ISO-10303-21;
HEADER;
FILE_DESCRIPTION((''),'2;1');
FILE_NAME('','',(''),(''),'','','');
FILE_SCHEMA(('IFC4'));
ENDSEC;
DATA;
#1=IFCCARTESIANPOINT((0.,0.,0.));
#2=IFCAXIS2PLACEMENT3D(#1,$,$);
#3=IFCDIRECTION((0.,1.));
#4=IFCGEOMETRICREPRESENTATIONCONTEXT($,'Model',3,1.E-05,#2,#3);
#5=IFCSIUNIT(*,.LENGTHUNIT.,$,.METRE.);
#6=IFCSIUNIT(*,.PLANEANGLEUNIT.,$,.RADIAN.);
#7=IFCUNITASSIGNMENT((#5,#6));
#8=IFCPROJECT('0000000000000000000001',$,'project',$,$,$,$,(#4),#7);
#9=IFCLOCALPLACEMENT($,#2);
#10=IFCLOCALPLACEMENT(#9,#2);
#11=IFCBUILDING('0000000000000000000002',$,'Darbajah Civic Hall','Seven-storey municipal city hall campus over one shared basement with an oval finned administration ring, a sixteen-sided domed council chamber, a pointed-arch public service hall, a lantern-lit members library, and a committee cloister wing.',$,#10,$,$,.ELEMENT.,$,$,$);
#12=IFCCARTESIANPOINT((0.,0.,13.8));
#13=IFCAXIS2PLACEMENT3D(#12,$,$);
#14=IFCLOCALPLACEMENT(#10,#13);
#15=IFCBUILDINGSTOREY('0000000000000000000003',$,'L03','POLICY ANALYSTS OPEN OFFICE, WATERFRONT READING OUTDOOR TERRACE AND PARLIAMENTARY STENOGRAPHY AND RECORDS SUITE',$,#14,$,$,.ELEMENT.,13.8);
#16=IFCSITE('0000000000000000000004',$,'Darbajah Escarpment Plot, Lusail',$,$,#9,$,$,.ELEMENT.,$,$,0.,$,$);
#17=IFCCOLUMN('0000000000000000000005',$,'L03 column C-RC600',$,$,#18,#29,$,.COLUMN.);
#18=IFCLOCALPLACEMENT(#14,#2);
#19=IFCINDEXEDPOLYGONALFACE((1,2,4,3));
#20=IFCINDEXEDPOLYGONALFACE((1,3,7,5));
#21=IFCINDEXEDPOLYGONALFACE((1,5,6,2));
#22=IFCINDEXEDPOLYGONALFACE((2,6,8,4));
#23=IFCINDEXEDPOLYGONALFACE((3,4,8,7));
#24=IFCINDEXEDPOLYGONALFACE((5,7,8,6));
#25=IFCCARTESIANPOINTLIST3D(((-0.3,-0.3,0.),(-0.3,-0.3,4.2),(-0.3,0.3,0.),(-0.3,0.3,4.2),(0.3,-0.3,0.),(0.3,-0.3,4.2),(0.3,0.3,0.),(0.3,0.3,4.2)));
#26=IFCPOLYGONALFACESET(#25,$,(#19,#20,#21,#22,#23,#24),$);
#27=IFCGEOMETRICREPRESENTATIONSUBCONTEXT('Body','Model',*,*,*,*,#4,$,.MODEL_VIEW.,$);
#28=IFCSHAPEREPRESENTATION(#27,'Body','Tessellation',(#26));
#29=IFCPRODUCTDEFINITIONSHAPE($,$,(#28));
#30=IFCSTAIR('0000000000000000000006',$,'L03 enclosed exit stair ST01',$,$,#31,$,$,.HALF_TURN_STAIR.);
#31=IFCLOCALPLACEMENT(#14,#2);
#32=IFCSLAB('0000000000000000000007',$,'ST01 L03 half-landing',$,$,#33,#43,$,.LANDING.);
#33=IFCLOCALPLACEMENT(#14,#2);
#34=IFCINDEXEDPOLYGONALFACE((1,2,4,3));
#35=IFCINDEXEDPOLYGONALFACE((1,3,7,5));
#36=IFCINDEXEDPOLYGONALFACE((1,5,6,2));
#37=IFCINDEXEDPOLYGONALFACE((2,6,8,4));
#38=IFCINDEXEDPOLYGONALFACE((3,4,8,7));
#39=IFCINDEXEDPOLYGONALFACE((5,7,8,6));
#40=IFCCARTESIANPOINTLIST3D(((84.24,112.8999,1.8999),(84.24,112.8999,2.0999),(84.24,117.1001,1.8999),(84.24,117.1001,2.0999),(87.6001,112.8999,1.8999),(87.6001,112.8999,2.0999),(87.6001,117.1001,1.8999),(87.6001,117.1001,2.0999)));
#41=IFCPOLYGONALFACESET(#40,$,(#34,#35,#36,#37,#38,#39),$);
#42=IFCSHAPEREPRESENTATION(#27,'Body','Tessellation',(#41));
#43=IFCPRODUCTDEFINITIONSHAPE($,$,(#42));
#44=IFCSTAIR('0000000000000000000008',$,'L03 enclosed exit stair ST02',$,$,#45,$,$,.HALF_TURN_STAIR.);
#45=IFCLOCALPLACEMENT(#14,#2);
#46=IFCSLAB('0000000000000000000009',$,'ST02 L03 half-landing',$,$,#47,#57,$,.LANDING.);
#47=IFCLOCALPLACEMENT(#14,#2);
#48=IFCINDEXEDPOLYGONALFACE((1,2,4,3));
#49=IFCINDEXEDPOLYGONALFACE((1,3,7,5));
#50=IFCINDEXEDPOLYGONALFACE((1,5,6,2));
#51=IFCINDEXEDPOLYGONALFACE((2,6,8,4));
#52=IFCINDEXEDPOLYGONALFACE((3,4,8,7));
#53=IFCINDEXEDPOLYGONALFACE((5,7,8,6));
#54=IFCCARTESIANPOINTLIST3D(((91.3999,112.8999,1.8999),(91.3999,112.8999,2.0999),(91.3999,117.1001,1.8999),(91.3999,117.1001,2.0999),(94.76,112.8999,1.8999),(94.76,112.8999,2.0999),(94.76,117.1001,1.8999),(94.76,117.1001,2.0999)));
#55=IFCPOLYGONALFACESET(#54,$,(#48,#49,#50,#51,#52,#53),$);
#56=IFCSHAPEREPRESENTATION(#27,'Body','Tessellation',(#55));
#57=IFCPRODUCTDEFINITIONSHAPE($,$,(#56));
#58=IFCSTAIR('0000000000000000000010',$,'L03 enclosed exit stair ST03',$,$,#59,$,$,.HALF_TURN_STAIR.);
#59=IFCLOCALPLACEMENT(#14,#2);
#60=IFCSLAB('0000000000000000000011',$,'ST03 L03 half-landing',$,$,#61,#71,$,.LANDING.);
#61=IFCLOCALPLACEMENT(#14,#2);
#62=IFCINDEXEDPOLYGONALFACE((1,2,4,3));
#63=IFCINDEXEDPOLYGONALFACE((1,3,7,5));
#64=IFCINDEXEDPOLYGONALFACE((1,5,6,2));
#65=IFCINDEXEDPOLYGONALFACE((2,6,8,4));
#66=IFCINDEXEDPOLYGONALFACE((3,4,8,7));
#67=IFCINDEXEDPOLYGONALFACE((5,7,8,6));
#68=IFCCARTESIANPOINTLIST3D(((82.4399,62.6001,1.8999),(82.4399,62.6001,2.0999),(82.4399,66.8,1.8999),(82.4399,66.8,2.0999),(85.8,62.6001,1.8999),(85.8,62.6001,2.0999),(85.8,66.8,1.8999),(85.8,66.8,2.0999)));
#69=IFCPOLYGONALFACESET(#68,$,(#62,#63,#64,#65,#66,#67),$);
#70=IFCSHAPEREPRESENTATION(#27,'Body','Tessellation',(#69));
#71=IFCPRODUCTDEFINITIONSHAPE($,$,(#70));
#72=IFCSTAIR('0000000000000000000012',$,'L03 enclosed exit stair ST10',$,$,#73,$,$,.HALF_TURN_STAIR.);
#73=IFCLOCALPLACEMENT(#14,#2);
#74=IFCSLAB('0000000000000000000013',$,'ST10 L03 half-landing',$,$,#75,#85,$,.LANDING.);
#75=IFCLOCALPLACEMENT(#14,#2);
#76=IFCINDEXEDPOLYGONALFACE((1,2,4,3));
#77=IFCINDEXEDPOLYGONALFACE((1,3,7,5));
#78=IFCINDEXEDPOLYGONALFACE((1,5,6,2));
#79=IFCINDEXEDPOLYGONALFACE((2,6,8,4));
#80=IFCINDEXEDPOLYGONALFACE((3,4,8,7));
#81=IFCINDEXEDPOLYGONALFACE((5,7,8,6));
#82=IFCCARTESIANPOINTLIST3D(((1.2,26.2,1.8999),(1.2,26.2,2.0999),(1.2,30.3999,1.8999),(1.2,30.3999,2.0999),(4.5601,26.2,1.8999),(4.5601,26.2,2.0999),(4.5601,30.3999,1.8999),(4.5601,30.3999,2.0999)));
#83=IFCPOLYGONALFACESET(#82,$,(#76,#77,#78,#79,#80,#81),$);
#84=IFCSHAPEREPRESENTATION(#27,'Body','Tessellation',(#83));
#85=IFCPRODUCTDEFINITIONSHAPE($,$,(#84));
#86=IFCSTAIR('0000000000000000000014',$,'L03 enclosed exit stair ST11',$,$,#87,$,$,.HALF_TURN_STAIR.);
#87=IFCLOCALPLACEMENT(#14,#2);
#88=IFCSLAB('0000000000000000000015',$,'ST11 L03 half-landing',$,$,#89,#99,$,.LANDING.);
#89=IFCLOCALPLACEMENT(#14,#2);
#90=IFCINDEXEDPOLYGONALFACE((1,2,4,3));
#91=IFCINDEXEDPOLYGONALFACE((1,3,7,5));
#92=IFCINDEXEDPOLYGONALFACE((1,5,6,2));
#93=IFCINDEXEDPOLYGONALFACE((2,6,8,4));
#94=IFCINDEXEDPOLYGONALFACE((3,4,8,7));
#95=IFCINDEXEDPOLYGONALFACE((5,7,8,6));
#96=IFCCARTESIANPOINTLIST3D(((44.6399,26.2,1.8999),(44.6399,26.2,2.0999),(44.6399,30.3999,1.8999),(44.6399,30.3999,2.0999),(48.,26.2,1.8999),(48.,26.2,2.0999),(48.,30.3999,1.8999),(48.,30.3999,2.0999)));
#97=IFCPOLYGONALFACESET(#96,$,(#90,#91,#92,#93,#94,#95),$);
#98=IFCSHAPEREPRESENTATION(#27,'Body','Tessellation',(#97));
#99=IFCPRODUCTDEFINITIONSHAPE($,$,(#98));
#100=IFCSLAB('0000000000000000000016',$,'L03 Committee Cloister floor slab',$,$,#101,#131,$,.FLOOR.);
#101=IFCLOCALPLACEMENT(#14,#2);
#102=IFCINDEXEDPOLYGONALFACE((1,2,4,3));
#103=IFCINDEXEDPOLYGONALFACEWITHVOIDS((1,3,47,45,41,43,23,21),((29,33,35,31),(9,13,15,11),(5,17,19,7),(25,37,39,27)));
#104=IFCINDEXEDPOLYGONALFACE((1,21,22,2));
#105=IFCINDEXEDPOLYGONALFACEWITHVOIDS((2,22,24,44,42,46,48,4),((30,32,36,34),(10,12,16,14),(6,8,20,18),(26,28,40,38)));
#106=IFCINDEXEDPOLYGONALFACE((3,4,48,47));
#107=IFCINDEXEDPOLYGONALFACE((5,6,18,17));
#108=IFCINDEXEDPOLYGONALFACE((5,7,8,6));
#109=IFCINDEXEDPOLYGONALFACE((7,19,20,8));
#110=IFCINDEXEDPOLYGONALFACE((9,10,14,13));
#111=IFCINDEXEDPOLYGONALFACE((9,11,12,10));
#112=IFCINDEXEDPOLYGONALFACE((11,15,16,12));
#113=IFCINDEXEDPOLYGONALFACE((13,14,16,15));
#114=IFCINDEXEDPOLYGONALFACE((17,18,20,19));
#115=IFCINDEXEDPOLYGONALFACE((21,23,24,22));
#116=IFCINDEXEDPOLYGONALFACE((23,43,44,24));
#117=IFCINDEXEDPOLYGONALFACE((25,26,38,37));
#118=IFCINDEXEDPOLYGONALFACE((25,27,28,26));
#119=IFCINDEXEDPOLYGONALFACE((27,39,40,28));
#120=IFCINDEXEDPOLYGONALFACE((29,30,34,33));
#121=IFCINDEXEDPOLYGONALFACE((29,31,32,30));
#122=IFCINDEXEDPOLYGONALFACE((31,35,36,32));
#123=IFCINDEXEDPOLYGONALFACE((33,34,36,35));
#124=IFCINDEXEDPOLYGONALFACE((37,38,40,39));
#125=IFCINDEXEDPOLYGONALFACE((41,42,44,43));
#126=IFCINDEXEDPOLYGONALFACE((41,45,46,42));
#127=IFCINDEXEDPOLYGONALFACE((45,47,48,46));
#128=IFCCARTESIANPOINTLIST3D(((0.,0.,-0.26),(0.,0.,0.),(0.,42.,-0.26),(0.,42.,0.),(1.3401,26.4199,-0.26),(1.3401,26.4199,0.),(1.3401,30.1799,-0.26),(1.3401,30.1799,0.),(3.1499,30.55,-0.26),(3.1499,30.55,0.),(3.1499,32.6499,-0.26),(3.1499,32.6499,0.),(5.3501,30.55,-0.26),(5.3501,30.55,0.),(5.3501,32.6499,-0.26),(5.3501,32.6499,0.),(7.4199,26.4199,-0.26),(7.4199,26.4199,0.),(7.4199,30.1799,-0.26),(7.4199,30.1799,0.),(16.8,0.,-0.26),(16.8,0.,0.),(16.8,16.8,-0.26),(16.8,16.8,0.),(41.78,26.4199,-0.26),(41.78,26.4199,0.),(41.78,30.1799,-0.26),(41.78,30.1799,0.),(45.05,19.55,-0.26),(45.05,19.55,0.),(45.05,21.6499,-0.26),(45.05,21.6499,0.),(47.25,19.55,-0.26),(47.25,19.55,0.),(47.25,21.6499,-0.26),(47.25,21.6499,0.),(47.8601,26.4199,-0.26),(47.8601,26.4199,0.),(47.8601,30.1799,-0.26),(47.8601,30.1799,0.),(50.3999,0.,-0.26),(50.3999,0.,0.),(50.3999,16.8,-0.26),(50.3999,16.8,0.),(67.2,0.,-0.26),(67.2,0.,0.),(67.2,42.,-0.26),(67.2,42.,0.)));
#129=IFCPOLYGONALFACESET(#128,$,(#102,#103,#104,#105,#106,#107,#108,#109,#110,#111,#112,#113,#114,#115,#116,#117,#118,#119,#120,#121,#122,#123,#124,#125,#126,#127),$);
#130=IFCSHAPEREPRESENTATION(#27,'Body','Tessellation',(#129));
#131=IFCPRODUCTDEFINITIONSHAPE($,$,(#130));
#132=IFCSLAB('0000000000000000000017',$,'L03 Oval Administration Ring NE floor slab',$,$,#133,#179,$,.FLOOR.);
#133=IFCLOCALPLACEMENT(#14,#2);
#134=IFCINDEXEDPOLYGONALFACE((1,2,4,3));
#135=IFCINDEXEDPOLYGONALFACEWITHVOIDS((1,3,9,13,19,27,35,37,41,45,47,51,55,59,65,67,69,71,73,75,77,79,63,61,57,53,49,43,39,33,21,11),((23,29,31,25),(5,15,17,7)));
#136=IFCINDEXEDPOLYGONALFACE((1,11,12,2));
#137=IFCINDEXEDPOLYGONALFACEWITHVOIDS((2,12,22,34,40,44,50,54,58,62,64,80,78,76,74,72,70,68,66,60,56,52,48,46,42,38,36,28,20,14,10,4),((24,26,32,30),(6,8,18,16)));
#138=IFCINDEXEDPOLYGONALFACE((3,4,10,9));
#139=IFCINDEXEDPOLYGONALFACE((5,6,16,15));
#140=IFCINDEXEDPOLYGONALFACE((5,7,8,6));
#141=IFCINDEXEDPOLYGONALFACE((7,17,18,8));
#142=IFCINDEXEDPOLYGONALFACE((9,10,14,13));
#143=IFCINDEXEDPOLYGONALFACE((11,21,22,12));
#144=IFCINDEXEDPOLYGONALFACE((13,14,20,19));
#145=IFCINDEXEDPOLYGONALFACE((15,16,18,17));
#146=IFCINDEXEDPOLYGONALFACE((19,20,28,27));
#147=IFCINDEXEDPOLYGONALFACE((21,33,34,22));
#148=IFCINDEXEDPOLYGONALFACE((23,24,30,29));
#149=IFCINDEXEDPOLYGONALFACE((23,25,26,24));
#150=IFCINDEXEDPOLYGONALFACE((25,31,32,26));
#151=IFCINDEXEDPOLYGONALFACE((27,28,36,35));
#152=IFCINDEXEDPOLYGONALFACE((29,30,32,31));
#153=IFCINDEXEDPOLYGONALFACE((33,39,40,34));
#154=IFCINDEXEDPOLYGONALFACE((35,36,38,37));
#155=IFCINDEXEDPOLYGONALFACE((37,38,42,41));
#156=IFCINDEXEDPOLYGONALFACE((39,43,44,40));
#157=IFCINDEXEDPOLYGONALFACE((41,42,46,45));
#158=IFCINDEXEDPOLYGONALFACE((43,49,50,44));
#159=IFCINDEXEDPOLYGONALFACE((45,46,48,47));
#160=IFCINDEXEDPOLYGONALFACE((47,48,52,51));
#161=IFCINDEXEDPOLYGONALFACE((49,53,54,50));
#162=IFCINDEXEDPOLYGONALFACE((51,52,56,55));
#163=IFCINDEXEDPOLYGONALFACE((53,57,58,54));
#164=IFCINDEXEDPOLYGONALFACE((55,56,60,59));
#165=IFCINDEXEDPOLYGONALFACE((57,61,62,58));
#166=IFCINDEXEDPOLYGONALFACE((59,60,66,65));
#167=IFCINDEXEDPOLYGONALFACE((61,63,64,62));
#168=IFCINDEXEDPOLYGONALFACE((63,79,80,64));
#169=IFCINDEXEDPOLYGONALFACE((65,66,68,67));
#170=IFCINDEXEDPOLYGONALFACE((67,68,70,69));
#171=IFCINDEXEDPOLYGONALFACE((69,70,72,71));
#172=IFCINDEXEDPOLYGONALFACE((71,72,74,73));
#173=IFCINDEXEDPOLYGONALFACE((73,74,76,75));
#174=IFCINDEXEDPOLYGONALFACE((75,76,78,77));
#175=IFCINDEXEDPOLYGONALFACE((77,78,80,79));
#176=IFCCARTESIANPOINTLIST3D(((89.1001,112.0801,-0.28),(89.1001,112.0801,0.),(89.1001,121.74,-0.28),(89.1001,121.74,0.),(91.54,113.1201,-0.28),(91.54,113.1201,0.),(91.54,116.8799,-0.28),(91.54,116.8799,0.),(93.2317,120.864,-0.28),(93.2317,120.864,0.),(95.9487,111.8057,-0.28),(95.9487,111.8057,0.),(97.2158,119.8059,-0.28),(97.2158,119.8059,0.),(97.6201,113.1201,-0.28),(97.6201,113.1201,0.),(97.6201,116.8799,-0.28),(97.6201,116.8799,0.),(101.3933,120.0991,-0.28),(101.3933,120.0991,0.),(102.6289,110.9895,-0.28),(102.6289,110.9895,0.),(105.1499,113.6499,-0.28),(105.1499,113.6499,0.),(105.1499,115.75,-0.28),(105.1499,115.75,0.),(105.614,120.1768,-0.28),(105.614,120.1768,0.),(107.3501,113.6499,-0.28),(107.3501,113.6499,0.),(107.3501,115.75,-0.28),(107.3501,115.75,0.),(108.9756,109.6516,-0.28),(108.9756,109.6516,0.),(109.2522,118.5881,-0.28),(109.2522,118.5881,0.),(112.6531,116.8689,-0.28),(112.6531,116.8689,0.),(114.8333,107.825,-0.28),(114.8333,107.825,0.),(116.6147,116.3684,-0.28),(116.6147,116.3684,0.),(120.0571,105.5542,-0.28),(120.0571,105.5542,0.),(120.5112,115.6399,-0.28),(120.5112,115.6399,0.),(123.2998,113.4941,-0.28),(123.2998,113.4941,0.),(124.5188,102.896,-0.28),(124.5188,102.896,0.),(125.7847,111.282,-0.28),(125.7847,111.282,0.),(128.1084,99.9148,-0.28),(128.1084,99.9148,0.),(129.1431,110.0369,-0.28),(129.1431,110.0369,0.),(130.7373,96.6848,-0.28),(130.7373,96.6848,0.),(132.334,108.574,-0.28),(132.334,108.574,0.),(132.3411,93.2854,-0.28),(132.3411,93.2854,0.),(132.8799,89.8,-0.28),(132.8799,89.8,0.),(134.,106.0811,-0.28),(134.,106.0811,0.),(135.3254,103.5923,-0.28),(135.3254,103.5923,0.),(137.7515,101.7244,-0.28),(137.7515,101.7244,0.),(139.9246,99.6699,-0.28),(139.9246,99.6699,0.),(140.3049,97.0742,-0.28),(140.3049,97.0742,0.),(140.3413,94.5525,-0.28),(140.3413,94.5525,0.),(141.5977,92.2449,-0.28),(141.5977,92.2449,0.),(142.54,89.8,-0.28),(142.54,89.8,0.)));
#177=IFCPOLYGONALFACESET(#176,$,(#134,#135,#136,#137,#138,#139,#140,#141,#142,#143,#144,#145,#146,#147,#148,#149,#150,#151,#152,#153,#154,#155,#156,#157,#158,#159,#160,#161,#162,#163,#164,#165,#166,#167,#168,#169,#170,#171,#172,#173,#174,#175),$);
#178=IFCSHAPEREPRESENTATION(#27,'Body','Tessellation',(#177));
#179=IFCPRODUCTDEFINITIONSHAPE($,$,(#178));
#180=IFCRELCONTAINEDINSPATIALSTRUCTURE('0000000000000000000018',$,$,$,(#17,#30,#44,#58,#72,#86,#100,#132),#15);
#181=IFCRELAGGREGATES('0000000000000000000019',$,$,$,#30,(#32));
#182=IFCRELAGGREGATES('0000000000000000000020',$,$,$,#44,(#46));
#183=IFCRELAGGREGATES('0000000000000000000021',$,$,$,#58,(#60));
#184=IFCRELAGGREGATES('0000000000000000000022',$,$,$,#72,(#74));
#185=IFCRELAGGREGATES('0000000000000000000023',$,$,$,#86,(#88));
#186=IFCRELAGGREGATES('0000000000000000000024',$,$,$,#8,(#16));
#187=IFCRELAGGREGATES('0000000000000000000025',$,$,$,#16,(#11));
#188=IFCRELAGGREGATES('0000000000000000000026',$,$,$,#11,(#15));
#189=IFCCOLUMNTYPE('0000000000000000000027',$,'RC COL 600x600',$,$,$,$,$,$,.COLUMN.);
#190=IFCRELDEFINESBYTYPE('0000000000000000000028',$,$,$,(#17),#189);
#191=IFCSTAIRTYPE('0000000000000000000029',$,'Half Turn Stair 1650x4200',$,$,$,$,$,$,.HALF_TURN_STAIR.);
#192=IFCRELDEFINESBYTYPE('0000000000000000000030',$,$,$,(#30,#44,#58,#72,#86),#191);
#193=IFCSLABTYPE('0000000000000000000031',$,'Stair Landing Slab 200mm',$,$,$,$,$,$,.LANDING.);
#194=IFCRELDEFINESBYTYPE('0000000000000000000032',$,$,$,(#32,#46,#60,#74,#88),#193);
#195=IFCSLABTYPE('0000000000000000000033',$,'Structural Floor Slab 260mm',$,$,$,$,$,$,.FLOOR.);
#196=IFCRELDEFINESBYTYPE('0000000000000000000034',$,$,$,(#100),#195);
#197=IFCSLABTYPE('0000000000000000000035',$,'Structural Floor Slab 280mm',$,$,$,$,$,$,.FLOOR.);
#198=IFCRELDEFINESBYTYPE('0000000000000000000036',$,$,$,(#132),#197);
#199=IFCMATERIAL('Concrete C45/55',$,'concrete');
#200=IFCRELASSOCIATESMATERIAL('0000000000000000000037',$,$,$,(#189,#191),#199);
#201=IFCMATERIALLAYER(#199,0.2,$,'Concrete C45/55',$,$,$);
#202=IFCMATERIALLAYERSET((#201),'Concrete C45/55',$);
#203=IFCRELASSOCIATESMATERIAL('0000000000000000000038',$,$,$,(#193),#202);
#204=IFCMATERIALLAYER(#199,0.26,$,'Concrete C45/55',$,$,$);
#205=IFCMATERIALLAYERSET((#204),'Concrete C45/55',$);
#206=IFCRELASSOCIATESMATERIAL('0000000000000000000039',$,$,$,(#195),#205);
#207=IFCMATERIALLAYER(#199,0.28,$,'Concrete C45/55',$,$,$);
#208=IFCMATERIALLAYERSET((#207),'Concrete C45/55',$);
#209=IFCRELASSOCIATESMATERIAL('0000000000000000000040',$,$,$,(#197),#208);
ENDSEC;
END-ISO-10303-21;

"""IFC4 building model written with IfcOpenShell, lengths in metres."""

from ifc_helpers import new_model, si_unit, direction, frame, origin, origin_with_axes, origin_2d, place, context, subcontext, project, spatial, polyline, rectangle, outline, extrude, material, layer, layer_set, material_profile, profile_set, type_object, element, aggregate, save


model = new_model("IFC4")

# Units and contexts
model_context = context("Model", 3, precision=1e-05, world=origin(), true_north=direction((0.0, 1.0)))
body_context = subcontext(model_context, "Body", "Model", "MODEL_VIEW")
ifc_project = project(units=[si_unit("LENGTHUNIT", "METRE"), si_unit("PLANEANGLEUNIT", "RADIAN")], contexts=[model_context])

# Site, building, storey
site_placement = place(None, origin())
site = spatial("IfcSite", under=ifc_project, at=site_placement, Name="Darbajah Escarpment Plot, Lusail", CompositionType="ELEMENT", RefElevation=0.0)
building_placement = place(site_placement, origin())
building = spatial("IfcBuilding", under=site, at=building_placement, Name="Darbajah Civic Hall", Description="Seven-storey municipal city hall campus over one shared basement with an oval finned administration ring, a sixteen-sided domed council chamber, a pointed-arch public service hall, a lantern-lit members library, and a committee cloister wing.", CompositionType="ELEMENT")
storey_placement = place(building_placement, frame((0.0, 0.0, 13.8)))
storey = spatial("IfcBuildingStorey", under=building, at=storey_placement, Name="L03", Description="POLICY ANALYSTS OPEN OFFICE, WATERFRONT READING OUTDOOR TERRACE AND PARLIAMENTARY STENOGRAPHY AND RECORDS SUITE", CompositionType="ELEMENT", Elevation=13.8)

# Column
ifc_material_1 = material(Name="Concrete C45/55", Category="concrete")
ifc_material_profile = material_profile(ifc_material_1, rectangle(XDim=0.6001, YDim=0.6001, at=origin_2d()), Name="RC COL 600x600")
ifc_profile_set = profile_set([ifc_material_profile], Name="Concrete C45/55")
column_type = type_object("IfcColumnType", Name="RC COL 600x600", PredefinedType="COLUMN", material=ifc_profile_set)
column_placement = place(storey_placement, origin_with_axes())
element("IfcColumn", 1, at=column_placement, inside=storey, type_object=column_type, Name="L03 column C-RC600", PredefinedType="COLUMN", context=body_context, shape_type="SweptSolid", body=[
    extrude(rectangle(XDim=0.6001, YDim=0.6001, at=origin_2d()), origin(), (0.0, 0.0, 1.0), 4.2),
])

# Stairs, slabs
stair_type = type_object("IfcStairType", Name="Half Turn Stair 1650x4200", PredefinedType="HALF_TURN_STAIR", material=ifc_material_1)
stair_1_placement = place(storey_placement, origin())
stair_1 = element("IfcStair", 2, at=stair_1_placement, inside=storey, type_object=stair_type, Name="L03 enclosed exit stair ST01", PredefinedType="HALF_TURN_STAIR")
ifc_layer_1 = layer(ifc_material_1, 0.2, Name="Concrete C45/55")
ifc_layer_set_1 = layer_set([ifc_layer_1], Name="Concrete C45/55")
slab_type_1 = type_object("IfcSlabType", Name="Stair Landing Slab 200mm", PredefinedType="LANDING", material=ifc_layer_set_1)
slab_1_placement = place(storey_placement, frame((0.0, 0.0, 1.8999)))
slab_1 = element("IfcSlab", 3, at=slab_1_placement, type_object=slab_type_1, Name="ST01 L03 half-landing", PredefinedType="LANDING", context=body_context, shape_type="SweptSolid", body=[
    extrude(outline(polyline([(84.24, 112.8999), (87.6001, 112.8999), (87.6001, 117.1001), (84.24, 117.1001), (84.24, 112.8999)])), origin(), (0.0, 0.0, 1.0), 0.2),
])
aggregate(stair_1, [slab_1])
stair_2_placement = place(storey_placement, origin())
stair_2 = element("IfcStair", 4, at=stair_2_placement, inside=storey, type_object=stair_type, Name="L03 enclosed exit stair ST02", PredefinedType="HALF_TURN_STAIR")
slab_2_placement = place(storey_placement, frame((0.0, 0.0, 1.8999)))
slab_2 = element("IfcSlab", 5, at=slab_2_placement, type_object=slab_type_1, Name="ST02 L03 half-landing", PredefinedType="LANDING", context=body_context, shape_type="SweptSolid", body=[
    extrude(outline(polyline([(91.3999, 112.8999), (94.76, 112.8999), (94.76, 117.1001), (91.3999, 117.1001), (91.3999, 112.8999)])), origin(), (0.0, 0.0, 1.0), 0.2),
])
aggregate(stair_2, [slab_2])
stair_3_placement = place(storey_placement, origin())
stair_3 = element("IfcStair", 6, at=stair_3_placement, inside=storey, type_object=stair_type, Name="L03 enclosed exit stair ST03", PredefinedType="HALF_TURN_STAIR")
slab_3_placement = place(storey_placement, frame((0.0, 0.0, 1.8999)))
slab_3 = element("IfcSlab", 7, at=slab_3_placement, type_object=slab_type_1, Name="ST03 L03 half-landing", PredefinedType="LANDING", context=body_context, shape_type="SweptSolid", body=[
    extrude(outline(polyline([(82.4399, 62.6001), (85.8, 62.6001), (85.8, 66.8), (82.4399, 66.8), (82.4399, 62.6001)])), origin(), (0.0, 0.0, 1.0), 0.2),
])
aggregate(stair_3, [slab_3])
stair_4_placement = place(storey_placement, origin())
stair_4 = element("IfcStair", 8, at=stair_4_placement, inside=storey, type_object=stair_type, Name="L03 enclosed exit stair ST10", PredefinedType="HALF_TURN_STAIR")
slab_4_placement = place(storey_placement, frame((0.0, 0.0, 1.8999)))
slab_4 = element("IfcSlab", 9, at=slab_4_placement, type_object=slab_type_1, Name="ST10 L03 half-landing", PredefinedType="LANDING", context=body_context, shape_type="SweptSolid", body=[
    extrude(outline(polyline([(1.2, 26.2), (4.5601, 26.2), (4.5601, 30.3999), (1.2, 30.3999), (1.2, 26.2)])), origin(), (0.0, 0.0, 1.0), 0.2),
])
aggregate(stair_4, [slab_4])
stair_5_placement = place(storey_placement, origin())
stair_5 = element("IfcStair", 10, at=stair_5_placement, inside=storey, type_object=stair_type, Name="L03 enclosed exit stair ST11", PredefinedType="HALF_TURN_STAIR")
slab_5_placement = place(storey_placement, frame((0.0, 0.0, 1.8999)))
slab_5 = element("IfcSlab", 11, at=slab_5_placement, type_object=slab_type_1, Name="ST11 L03 half-landing", PredefinedType="LANDING", context=body_context, shape_type="SweptSolid", body=[
    extrude(outline(polyline([(44.6399, 26.2), (48.0, 26.2), (48.0, 30.3999), (44.6399, 30.3999), (44.6399, 26.2)])), origin(), (0.0, 0.0, 1.0), 0.2),
])
aggregate(stair_5, [slab_5])

# Slabs
ifc_layer_2 = layer(ifc_material_1, 0.26, Name="Concrete C45/55")
ifc_layer_set_2 = layer_set([ifc_layer_2], Name="Concrete C45/55")
slab_type_2 = type_object("IfcSlabType", Name="Structural Floor Slab 260mm", PredefinedType="FLOOR", material=ifc_layer_set_2)
slab_6_placement = place(storey_placement, frame((0.0, 0.0, -0.26)))
element("IfcSlab", 12, at=slab_6_placement, inside=storey, type_object=slab_type_2, Name="L03 Committee Cloister floor slab", PredefinedType="FLOOR", context=body_context, shape_type="SweptSolid", body=[
    extrude(outline(polyline([(0.0, 0.0), (16.8, 0.0), (16.8, 16.8), (50.3999, 16.8), (50.3999, 0.0), (67.2, 0.0), (67.2, 42.0), (0.0, 42.0), (0.0, 0.0)]), holes=[polyline([(1.3401, 30.1799), (7.4199, 30.1799), (7.4199, 26.4199), (1.3401, 26.4199), (1.3401, 30.1799)]), polyline([(3.1499, 32.6499), (5.3501, 32.6499), (5.3501, 30.55), (3.1499, 30.55), (3.1499, 32.6499)]), polyline([(41.78, 30.1799), (47.8601, 30.1799), (47.8601, 26.4199), (41.78, 26.4199), (41.78, 30.1799)]), polyline([(45.05, 21.6499), (47.25, 21.6499), (47.25, 19.55), (45.05, 19.55), (45.05, 21.6499)])]), origin(), (0.0, 0.0, 1.0), 0.26),
])
ifc_layer_3 = layer(ifc_material_1, 0.28, Name="Concrete C45/55")
ifc_layer_set_3 = layer_set([ifc_layer_3], Name="Concrete C45/55")
slab_type_3 = type_object("IfcSlabType", Name="Structural Floor Slab 280mm", PredefinedType="FLOOR", material=ifc_layer_set_3)
slab_7_placement = place(storey_placement, frame((0.0, 0.0, -0.28)))
element("IfcSlab", 13, at=slab_7_placement, inside=storey, type_object=slab_type_3, Name="L03 Oval Administration Ring NE floor slab", PredefinedType="FLOOR", context=body_context, shape_type="SweptSolid", body=[
    extrude(outline(polyline([(142.54, 89.8), (141.5977, 92.2449), (140.3413, 94.5525), (140.3049, 97.0742), (139.9246, 99.6699), (137.7515, 101.7244), (135.3254, 103.5923), (134.0, 106.0811), (132.334, 108.574), (129.1431, 110.0369), (125.7847, 111.282), (123.2998, 113.4941), (120.5112, 115.6399), (116.6147, 116.3684), (112.6531, 116.8689), (109.2522, 118.5881), (105.614, 120.1768), (101.3933, 120.0991), (97.2158, 119.8059), (93.2317, 120.864), (89.1001, 121.74), (89.1001, 112.0801), (95.9487, 111.8057), (102.6289, 110.9895), (108.9756, 109.6516), (114.8333, 107.825), (120.0571, 105.5542), (124.5188, 102.896), (128.1084, 99.9148), (130.7373, 96.6848), (132.3411, 93.2854), (132.8799, 89.8), (142.54, 89.8)]), holes=[polyline([(91.54, 116.8799), (97.6201, 116.8799), (97.6201, 113.1201), (91.54, 113.1201), (91.54, 116.8799)]), polyline([(105.1499, 115.75), (107.3501, 115.75), (107.3501, 113.6499), (105.1499, 113.6499), (105.1499, 115.75)])]), origin(), (0.0, 0.0, 1.0), 0.28),
])

save(model, "model.ifc")
